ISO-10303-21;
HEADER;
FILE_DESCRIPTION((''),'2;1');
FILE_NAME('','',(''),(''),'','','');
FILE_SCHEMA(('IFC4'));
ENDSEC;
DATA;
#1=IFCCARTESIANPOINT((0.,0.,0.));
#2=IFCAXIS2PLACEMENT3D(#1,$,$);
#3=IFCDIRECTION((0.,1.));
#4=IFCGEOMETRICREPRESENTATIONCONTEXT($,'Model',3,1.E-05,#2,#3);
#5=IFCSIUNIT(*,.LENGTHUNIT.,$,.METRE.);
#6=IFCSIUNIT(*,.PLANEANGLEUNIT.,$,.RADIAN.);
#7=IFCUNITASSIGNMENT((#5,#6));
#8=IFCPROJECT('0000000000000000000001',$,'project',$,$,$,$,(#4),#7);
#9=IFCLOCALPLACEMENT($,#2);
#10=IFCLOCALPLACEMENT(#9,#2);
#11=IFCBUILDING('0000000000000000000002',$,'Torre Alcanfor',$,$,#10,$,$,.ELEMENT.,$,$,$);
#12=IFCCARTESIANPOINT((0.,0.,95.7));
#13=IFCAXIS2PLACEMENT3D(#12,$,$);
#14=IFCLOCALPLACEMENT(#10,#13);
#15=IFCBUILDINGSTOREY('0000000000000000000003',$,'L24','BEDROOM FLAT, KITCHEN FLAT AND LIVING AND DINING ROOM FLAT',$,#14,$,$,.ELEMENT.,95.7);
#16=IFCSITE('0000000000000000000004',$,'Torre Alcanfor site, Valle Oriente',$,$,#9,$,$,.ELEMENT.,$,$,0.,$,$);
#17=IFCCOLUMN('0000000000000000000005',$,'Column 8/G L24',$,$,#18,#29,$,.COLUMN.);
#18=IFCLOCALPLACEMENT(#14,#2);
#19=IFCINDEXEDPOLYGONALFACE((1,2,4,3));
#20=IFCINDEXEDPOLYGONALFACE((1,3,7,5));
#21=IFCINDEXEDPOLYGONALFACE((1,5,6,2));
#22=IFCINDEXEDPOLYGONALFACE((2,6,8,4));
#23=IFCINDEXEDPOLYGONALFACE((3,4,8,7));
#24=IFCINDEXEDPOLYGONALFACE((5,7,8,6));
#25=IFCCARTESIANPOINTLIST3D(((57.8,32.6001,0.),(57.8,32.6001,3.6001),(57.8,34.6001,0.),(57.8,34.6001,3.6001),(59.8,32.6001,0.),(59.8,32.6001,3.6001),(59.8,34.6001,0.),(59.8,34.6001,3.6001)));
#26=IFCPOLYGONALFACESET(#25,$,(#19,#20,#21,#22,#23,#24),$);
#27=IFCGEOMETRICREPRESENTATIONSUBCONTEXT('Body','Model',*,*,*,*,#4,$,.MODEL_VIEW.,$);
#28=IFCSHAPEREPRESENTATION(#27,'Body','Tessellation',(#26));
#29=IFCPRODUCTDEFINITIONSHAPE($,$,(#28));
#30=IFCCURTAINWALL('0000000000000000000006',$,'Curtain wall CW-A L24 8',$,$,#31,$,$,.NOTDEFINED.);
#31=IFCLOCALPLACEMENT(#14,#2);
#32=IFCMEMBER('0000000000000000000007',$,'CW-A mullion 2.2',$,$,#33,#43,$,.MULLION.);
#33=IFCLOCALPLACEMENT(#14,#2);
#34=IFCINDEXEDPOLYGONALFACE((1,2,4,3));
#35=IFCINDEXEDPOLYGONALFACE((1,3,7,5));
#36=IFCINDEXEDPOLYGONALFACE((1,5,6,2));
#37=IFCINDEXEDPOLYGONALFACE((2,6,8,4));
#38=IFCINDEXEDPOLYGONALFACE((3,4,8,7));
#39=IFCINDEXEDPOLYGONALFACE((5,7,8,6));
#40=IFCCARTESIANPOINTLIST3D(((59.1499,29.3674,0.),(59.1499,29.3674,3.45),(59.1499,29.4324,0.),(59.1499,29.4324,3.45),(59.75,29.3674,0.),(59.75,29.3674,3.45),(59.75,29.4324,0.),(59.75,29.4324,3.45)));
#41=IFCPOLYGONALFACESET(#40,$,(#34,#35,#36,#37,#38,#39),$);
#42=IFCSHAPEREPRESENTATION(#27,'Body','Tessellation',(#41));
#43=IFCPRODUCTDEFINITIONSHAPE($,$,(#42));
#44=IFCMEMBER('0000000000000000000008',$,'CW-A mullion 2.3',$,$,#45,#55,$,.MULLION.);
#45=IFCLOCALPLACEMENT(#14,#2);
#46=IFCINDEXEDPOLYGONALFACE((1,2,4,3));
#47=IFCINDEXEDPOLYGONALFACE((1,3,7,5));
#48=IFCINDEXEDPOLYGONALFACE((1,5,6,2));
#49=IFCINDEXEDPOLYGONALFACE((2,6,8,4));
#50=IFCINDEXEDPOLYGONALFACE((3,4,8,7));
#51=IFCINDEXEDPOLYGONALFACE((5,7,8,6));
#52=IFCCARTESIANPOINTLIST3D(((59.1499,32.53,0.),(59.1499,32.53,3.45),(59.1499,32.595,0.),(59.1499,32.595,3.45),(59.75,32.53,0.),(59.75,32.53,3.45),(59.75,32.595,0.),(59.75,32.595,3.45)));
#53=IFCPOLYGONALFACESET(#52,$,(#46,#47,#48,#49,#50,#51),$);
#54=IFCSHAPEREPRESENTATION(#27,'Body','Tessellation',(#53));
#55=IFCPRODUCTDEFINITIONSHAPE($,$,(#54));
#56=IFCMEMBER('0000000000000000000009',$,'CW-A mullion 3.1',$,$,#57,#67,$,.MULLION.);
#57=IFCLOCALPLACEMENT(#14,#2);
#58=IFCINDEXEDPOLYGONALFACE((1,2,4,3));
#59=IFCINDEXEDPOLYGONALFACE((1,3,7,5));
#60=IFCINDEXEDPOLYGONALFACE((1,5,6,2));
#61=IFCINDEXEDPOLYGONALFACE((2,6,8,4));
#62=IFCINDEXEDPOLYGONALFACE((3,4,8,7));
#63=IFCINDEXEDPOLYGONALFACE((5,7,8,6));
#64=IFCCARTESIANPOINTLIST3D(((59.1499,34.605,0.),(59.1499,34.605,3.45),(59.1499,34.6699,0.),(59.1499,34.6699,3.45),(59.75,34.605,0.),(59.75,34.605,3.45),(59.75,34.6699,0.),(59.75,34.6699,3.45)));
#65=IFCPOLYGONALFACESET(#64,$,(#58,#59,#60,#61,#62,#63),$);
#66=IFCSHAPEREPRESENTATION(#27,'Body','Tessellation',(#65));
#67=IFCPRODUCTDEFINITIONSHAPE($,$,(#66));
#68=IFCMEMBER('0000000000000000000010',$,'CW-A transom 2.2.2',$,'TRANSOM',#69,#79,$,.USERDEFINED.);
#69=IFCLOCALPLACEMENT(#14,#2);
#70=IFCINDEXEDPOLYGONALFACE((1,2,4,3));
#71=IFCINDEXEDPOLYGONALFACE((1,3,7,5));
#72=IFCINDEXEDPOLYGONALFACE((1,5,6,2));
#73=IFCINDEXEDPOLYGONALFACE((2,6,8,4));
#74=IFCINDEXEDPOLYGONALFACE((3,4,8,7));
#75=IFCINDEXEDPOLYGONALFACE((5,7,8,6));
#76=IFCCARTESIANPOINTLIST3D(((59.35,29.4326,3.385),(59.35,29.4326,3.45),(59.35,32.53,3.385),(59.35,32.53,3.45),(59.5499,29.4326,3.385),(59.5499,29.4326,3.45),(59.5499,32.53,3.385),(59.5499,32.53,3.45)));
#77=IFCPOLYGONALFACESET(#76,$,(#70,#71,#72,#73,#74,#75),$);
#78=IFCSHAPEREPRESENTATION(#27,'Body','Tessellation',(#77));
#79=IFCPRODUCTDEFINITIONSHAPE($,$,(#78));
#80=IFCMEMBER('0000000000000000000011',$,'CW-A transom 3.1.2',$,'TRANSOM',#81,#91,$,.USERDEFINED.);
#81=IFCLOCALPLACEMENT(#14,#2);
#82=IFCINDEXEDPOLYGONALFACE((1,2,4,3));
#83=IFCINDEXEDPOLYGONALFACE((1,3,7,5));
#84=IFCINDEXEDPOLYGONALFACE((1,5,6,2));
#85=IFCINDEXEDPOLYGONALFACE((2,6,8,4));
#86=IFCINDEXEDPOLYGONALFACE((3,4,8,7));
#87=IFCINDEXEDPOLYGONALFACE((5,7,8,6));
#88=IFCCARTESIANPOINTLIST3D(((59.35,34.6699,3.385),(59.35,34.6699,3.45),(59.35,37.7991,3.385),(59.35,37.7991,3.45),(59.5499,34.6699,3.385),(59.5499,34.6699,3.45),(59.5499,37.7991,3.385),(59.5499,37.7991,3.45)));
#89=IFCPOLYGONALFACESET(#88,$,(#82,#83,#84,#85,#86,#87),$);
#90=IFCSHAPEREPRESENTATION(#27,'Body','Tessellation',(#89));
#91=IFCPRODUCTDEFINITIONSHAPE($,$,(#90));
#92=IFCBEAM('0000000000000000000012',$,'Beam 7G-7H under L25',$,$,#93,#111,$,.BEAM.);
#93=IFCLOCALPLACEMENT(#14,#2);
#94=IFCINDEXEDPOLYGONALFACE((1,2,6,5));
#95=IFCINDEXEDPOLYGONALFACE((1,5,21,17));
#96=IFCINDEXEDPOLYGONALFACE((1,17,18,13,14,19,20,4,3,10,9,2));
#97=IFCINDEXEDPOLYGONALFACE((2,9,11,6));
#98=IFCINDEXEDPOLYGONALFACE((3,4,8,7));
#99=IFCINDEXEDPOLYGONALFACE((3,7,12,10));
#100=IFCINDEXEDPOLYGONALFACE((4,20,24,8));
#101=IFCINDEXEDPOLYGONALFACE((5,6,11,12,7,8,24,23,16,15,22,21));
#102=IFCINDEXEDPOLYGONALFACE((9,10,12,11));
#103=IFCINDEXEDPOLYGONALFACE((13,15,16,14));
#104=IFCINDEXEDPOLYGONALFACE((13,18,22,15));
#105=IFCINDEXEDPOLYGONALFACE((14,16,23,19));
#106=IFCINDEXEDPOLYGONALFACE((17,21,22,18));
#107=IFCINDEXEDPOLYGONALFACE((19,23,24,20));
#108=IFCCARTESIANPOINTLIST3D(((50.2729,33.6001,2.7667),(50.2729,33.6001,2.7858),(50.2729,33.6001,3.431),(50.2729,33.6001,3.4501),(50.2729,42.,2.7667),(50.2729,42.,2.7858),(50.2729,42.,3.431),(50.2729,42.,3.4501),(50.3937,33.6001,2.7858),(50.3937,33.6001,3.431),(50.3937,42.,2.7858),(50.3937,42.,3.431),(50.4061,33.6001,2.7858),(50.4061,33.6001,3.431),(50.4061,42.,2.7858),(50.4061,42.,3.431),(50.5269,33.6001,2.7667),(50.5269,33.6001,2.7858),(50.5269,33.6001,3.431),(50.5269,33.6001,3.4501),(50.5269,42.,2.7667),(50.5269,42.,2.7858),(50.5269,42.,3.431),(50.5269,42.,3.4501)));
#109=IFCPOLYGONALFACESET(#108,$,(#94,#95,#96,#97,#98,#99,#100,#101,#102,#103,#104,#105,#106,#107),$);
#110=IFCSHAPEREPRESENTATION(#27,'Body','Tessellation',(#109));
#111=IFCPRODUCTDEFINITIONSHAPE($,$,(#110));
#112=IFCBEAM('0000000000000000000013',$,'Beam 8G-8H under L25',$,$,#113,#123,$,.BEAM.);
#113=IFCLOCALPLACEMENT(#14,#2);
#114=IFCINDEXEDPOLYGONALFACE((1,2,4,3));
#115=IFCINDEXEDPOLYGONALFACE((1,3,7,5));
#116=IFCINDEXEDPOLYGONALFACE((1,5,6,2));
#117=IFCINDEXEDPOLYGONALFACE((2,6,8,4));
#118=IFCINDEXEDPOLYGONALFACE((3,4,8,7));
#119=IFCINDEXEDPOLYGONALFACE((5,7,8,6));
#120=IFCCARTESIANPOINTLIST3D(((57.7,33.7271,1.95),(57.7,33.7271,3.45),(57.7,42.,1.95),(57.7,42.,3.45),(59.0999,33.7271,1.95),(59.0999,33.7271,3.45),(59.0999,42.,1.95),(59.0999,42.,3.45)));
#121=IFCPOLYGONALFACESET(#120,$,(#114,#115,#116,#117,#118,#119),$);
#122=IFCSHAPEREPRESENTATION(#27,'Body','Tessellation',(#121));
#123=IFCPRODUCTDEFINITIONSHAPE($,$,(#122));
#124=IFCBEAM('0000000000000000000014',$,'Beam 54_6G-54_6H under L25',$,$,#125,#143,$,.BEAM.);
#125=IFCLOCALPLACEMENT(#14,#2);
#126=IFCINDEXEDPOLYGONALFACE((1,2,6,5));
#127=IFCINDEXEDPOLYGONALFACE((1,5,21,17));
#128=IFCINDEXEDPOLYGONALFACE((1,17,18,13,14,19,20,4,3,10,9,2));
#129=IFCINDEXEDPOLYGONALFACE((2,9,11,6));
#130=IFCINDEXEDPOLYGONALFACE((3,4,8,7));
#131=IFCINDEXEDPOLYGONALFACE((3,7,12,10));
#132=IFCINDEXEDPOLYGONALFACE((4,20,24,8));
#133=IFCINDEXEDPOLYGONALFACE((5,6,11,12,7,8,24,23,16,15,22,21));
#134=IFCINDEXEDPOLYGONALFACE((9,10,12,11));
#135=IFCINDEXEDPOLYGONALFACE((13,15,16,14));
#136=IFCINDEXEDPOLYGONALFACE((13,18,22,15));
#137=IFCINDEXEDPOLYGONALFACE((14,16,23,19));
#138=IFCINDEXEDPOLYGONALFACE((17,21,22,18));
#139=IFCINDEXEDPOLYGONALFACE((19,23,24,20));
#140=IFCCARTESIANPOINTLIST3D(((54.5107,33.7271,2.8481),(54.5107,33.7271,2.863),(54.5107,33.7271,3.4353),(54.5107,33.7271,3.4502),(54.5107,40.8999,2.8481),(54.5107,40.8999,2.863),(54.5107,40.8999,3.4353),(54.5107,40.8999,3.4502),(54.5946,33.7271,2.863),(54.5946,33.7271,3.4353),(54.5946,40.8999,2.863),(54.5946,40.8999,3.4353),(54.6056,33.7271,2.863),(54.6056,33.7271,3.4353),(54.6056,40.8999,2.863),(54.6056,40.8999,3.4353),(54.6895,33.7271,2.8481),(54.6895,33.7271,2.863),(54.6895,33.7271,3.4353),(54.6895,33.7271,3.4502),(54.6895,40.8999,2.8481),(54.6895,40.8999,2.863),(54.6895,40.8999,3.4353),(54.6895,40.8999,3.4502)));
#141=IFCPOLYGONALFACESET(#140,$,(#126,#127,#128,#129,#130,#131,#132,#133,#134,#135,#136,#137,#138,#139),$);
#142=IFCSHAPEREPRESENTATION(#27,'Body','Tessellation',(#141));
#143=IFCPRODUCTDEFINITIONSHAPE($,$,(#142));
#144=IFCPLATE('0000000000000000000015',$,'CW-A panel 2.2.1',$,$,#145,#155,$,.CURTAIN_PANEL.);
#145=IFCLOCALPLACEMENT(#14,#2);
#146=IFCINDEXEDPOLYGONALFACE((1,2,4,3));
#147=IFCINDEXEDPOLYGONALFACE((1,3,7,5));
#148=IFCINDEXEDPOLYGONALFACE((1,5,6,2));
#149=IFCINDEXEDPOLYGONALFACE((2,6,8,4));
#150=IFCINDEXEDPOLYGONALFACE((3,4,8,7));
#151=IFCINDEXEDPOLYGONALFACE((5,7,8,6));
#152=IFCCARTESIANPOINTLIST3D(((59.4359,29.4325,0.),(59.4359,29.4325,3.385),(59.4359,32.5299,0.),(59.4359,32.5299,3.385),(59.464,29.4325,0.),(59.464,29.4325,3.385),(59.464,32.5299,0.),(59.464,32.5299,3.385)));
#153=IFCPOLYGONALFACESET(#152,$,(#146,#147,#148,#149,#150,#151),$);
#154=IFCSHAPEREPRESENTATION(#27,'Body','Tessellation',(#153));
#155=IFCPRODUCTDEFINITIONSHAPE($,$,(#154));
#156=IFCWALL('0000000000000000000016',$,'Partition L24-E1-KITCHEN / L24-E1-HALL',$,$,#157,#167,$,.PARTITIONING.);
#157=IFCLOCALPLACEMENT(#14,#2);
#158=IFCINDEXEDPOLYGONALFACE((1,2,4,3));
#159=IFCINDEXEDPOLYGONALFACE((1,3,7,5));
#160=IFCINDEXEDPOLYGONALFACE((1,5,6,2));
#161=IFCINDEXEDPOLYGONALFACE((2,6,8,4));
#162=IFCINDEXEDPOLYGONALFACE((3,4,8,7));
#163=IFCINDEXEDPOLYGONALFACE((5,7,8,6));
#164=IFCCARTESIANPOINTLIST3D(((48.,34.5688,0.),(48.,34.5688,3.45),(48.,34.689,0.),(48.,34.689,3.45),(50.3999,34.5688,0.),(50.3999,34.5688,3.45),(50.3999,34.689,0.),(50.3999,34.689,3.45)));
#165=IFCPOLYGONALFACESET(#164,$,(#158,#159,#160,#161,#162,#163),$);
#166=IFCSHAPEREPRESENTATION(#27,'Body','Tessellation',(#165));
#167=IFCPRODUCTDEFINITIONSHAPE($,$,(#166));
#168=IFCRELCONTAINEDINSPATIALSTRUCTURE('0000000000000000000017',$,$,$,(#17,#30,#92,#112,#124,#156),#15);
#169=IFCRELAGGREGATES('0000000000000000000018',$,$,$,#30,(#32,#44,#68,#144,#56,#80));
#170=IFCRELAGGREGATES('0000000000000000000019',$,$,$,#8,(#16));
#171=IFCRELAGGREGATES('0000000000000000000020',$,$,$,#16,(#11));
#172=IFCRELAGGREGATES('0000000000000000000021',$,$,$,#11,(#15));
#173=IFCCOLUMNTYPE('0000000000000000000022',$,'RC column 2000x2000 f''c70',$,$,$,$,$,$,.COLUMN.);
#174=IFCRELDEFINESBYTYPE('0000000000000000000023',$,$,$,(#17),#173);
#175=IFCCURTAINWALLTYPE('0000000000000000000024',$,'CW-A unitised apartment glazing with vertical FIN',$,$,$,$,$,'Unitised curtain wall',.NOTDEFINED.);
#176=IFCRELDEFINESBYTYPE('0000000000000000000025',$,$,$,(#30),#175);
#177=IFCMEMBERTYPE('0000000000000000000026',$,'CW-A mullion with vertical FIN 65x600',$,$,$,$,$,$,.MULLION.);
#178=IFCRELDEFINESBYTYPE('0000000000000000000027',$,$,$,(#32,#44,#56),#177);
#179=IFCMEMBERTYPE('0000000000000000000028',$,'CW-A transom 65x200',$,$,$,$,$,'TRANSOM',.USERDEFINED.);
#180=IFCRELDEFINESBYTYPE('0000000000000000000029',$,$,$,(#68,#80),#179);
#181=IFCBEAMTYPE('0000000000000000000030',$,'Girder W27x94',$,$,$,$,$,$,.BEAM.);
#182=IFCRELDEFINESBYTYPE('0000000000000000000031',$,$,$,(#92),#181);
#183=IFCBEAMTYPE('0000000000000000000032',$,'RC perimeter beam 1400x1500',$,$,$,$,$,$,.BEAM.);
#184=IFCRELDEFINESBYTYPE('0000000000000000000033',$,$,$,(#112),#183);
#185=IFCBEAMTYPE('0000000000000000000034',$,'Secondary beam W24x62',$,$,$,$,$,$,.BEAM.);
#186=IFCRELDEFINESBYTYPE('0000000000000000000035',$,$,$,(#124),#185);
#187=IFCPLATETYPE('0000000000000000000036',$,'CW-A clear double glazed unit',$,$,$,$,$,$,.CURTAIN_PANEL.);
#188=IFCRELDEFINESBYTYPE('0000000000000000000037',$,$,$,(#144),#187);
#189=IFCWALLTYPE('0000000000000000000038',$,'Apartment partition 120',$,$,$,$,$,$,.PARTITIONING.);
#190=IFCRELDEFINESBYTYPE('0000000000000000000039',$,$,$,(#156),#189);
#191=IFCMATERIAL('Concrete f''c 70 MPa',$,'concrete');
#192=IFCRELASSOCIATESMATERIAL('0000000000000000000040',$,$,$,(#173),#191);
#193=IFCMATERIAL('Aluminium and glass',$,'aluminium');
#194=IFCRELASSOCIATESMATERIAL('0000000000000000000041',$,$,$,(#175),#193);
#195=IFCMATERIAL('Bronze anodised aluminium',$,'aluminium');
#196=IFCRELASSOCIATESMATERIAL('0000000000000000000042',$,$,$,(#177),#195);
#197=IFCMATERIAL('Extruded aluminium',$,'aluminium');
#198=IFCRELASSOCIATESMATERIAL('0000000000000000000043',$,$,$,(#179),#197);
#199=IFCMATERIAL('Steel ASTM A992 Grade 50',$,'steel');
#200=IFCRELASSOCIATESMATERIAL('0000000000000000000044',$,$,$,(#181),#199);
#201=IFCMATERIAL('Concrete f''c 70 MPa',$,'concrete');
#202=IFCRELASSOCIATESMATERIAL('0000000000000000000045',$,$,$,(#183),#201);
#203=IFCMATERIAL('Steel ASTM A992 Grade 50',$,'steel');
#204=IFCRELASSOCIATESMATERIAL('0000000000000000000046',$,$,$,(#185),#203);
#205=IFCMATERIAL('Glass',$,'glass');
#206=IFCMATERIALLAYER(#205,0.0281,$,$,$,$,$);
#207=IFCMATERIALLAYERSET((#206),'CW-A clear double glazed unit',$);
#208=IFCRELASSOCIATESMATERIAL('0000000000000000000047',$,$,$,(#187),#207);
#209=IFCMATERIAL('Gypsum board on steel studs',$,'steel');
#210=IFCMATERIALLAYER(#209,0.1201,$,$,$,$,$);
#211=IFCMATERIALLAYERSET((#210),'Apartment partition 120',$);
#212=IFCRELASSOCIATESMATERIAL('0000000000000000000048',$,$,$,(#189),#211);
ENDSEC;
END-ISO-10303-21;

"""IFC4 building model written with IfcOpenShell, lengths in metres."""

from ifc_helpers import new_model, si_unit, direction, frame, frame_2d, origin, origin_2d, place, context, subcontext, project, spatial, rectangle, i_section, extrude, material, layer, layer_set, material_profile, profile_set, type_object, element, aggregate, save


model = new_model("IFC4")

# Units and contexts
model_context = context("Model", 3, precision=1e-05, world=origin(), true_north=direction((0.0, 1.0)))
body_context = subcontext(model_context, "Body", "Model", "MODEL_VIEW")
ifc_project = project(units=[si_unit("LENGTHUNIT", "METRE"), si_unit("PLANEANGLEUNIT", "RADIAN")], contexts=[model_context])

# Site, building, storey
site_placement = place(None, origin())
site = spatial("IfcSite", under=ifc_project, at=site_placement, Name="Torre Alcanfor site, Valle Oriente", CompositionType="ELEMENT", RefElevation=0.0)
building_placement = place(site_placement, origin())
building = spatial("IfcBuilding", under=site, at=building_placement, Name="Torre Alcanfor", CompositionType="ELEMENT")
storey_placement = place(building_placement, frame((0.0, 0.0, 95.7)))
storey = spatial("IfcBuildingStorey", under=building, at=storey_placement, Name="L24", Description="BEDROOM FLAT, KITCHEN FLAT AND LIVING AND DINING ROOM FLAT", CompositionType="ELEMENT", Elevation=95.7)

# Column
ifc_material_1 = material(Name="Concrete f'c 70 MPa", Category="concrete")
ifc_material_profile_1 = material_profile(ifc_material_1, rectangle(XDim=2.0, YDim=2.0, at=origin_2d()), Name="2000x2000")
ifc_profile_set_1 = profile_set([ifc_material_profile_1], Name="Concrete f'c 70 MPa")
column_type = type_object("IfcColumnType", Name="RC column 2000x2000 f'c70", PredefinedType="COLUMN", material=ifc_profile_set_1)
column_placement = place(storey_placement, frame((58.8, 33.6001, 0.0), z_axis=(0.0, 0.0, 1.0), x_axis=(1.0, 0.0, 0.0)))
element("IfcColumn", 1, at=column_placement, inside=storey, type_object=column_type, Name="Column 8/G L24", PredefinedType="COLUMN", context=body_context, shape_type="SweptSolid", body=[
    extrude(rectangle(XDim=2.0, YDim=2.0, at=origin_2d()), origin(), (0.0, 0.0, 1.0), 3.6001),
])

# Curtain wall, members
ifc_material_2 = material(Name="Aluminium and glass", Category="aluminium")
curtain_wall_type = type_object("IfcCurtainWallType", Name="CW-A unitised apartment glazing with vertical FIN", ElementType="Unitised curtain wall", PredefinedType="NOTDEFINED", material=ifc_material_2)
curtain_wall_placement = place(storey_placement, origin())
curtain_wall = element("IfcCurtainWall", 2, at=curtain_wall_placement, inside=storey, type_object=curtain_wall_type, Name="Curtain wall CW-A L24 8", PredefinedType="NOTDEFINED")
ifc_material_3 = material(Name="Bronze anodised aluminium", Category="aluminium")
ifc_material_profile_2 = material_profile(ifc_material_3, rectangle(XDim=0.6001, YDim=0.0649, at=origin_2d()), Name="CW-A mullion 65x600")
ifc_profile_set_2 = profile_set([ifc_material_profile_2], Name="Bronze anodised aluminium")
member_type_1 = type_object("IfcMemberType", Name="CW-A mullion with vertical FIN 65x600", PredefinedType="MULLION", material=ifc_profile_set_2)
member_1_placement = place(storey_placement, frame((59.45, 29.3999, 0.0), z_axis=(0.0, 0.0, 1.0), x_axis=(-1.0, 0.0, 0.0)))
member_1 = element("IfcMember", 3, at=member_1_placement, type_object=member_type_1, Name="CW-A mullion 2.2", PredefinedType="MULLION", context=body_context, shape_type="SweptSolid", body=[
    extrude(rectangle(XDim=0.6001, YDim=0.0649, at=origin_2d()), origin(), (0.0, 0.0, 1.0), 3.45),
])
member_2_placement = place(storey_placement, frame((59.45, 32.5625, 0.0), z_axis=(0.0, 0.0, 1.0), x_axis=(-1.0, 0.0, 0.0)))
member_2 = element("IfcMember", 4, at=member_2_placement, type_object=member_type_1, Name="CW-A mullion 2.3", PredefinedType="MULLION", context=body_context, shape_type="SweptSolid", body=[
    extrude(rectangle(XDim=0.6001, YDim=0.0649, at=origin_2d()), origin(), (0.0, 0.0, 1.0), 3.45),
])
member_3_placement = place(storey_placement, frame((59.45, 34.6375, 0.0), z_axis=(0.0, 0.0, 1.0), x_axis=(-1.0, 0.0, 0.0)))
member_3 = element("IfcMember", 5, at=member_3_placement, type_object=member_type_1, Name="CW-A mullion 3.1", PredefinedType="MULLION", context=body_context, shape_type="SweptSolid", body=[
    extrude(rectangle(XDim=0.6001, YDim=0.0649, at=origin_2d()), origin(), (0.0, 0.0, 1.0), 3.45),
])
ifc_material_4 = material(Name="Extruded aluminium", Category="aluminium")
ifc_material_profile_3 = material_profile(ifc_material_4, rectangle(XDim=0.2, YDim=0.0649, at=origin_2d()), Name="CW-A transom 200x65")
ifc_profile_set_3 = profile_set([ifc_material_profile_3], Name="Extruded aluminium")
member_type_2 = type_object("IfcMemberType", Name="CW-A transom 65x200", ElementType="TRANSOM", PredefinedType="USERDEFINED", material=ifc_profile_set_3)
member_4_placement = place(storey_placement, frame((59.45, 29.4326, 3.4175), z_axis=(0.0, 1.0, 0.0), x_axis=(-1.0, 0.0, 0.0)))
member_4 = element("IfcMember", 6, at=member_4_placement, type_object=member_type_2, Name="CW-A transom 2.2.2", ObjectType="TRANSOM", PredefinedType="USERDEFINED", context=body_context, shape_type="SweptSolid", body=[
    extrude(rectangle(XDim=0.2, YDim=0.0649, at=origin_2d()), origin(), (0.0, 0.0, 1.0), 3.0974),
])
member_5_placement = place(storey_placement, frame((59.45, 34.6699, 3.4175), z_axis=(0.0, 1.0, 0.0), x_axis=(-1.0, 0.0, 0.0)))
member_5 = element("IfcMember", 7, at=member_5_placement, type_object=member_type_2, Name="CW-A transom 3.1.2", ObjectType="TRANSOM", PredefinedType="USERDEFINED", context=body_context, shape_type="SweptSolid", body=[
    extrude(rectangle(XDim=0.2, YDim=0.0649, at=origin_2d()), origin(), (0.0, 0.0, 1.0), 3.1292),
])

# Beams
ifc_material_5 = material(Name="Steel ASTM A992 Grade 50", Category="steel")
ifc_material_profile_4 = material_profile(ifc_material_5, i_section(OverallWidth=0.2539, OverallDepth=0.6833, WebThickness=0.0125, FlangeThickness=0.019, at=origin_2d()), Name="W27x94")
ifc_profile_set_4 = profile_set([ifc_material_profile_4], Name="Steel ASTM A992 Grade 50")
beam_type_1 = type_object("IfcBeamType", Name="Girder W27x94", PredefinedType="BEAM", material=ifc_profile_set_4)
beam_1_placement = place(storey_placement, frame((50.3999, 33.6001, 3.1084), z_axis=(0.0, 1.0, 0.0), x_axis=(-1.0, 0.0, 0.0)))
element("IfcBeam", 8, at=beam_1_placement, inside=storey, type_object=beam_type_1, Name="Beam 7G-7H under L25", PredefinedType="BEAM", context=body_context, shape_type="SweptSolid", body=[
    extrude(i_section(OverallWidth=0.2539, OverallDepth=0.6833, WebThickness=0.0125, FlangeThickness=0.019, at=origin_2d()), origin(), (0.0, 0.0, 1.0), 8.3999),
])
ifc_material_6 = material(Name="Concrete f'c 70 MPa", Category="concrete")
ifc_material_profile_5 = material_profile(ifc_material_6, rectangle(XDim=1.3999, YDim=1.5, at=origin_2d()), Name="1400x1500")
ifc_profile_set_5 = profile_set([ifc_material_profile_5], Name="Concrete f'c 70 MPa")
beam_type_2 = type_object("IfcBeamType", Name="RC perimeter beam 1400x1500", PredefinedType="BEAM", material=ifc_profile_set_5)
beam_2_placement = place(storey_placement, frame((58.3999, 33.7271, 2.7), z_axis=(0.0, 1.0, 0.0), x_axis=(-1.0, 0.0, 0.0)))
element("IfcBeam", 9, at=beam_2_placement, inside=storey, type_object=beam_type_2, Name="Beam 8G-8H under L25", PredefinedType="BEAM", context=body_context, shape_type="SweptSolid", body=[
    extrude(rectangle(XDim=1.3999, YDim=1.5, at=origin_2d()), origin(), (0.0, 0.0, 1.0), 8.2729),
])
ifc_material_7 = material(Name="Steel ASTM A992 Grade 50", Category="steel")
ifc_material_profile_6 = material_profile(ifc_material_7, i_section(OverallWidth=0.1787, OverallDepth=0.6021, WebThickness=0.011, FlangeThickness=0.0149, at=origin_2d()), Name="W24x62")
ifc_profile_set_6 = profile_set([ifc_material_profile_6], Name="Steel ASTM A992 Grade 50")
beam_type_3 = type_object("IfcBeamType", Name="Secondary beam W24x62", PredefinedType="BEAM", material=ifc_profile_set_6)
beam_3_placement = place(storey_placement, frame((54.6001, 33.7271, 3.1492), z_axis=(0.0, 1.0, 0.0), x_axis=(-1.0, 0.0, 0.0)))
element("IfcBeam", 10, at=beam_3_placement, inside=storey, type_object=beam_type_3, Name="Beam 54_6G-54_6H under L25", PredefinedType="BEAM", context=body_context, shape_type="SweptSolid", body=[
    extrude(i_section(OverallWidth=0.1787, OverallDepth=0.6021, WebThickness=0.011, FlangeThickness=0.0149, at=origin_2d()), origin(), (0.0, 0.0, 1.0), 7.1729),
])

# Plate
ifc_material_8 = material(Name="Glass", Category="glass")
ifc_layer_1 = layer(ifc_material_8, 0.0281)
ifc_layer_set_1 = layer_set([ifc_layer_1], Name="CW-A clear double glazed unit")
plate_type = type_object("IfcPlateType", Name="CW-A clear double glazed unit", PredefinedType="CURTAIN_PANEL", material=ifc_layer_set_1)
plate_placement = place(storey_placement, frame((59.45, 30.9812, 0.0), z_axis=(0.0, 0.0, 1.0), x_axis=(0.0, 1.0, 0.0)))
plate = element("IfcPlate", 11, at=plate_placement, type_object=plate_type, Name="CW-A panel 2.2.1", PredefinedType="CURTAIN_PANEL", context=body_context, shape_type="SweptSolid", body=[
    extrude(rectangle(XDim=3.0974, YDim=0.0281, at=origin_2d()), origin(), (0.0, 0.0, 1.0), 3.385),
])
aggregate(curtain_wall, [member_1, member_2, member_4, plate, member_3, member_5])

# Wall
ifc_material_9 = material(Name="Gypsum board on steel studs", Category="steel")
ifc_layer_2 = layer(ifc_material_9, 0.1201)
ifc_layer_set_2 = layer_set([ifc_layer_2], Name="Apartment partition 120")
wall_type = type_object("IfcWallType", Name="Apartment partition 120", PredefinedType="PARTITIONING", material=ifc_layer_set_2)
wall_1_placement = place(storey_placement, frame((50.3999, 34.6289, 0.0), z_axis=(0.0, 0.0, 1.0), x_axis=(-1.0, 0.0, 0.0)))
element("IfcWall", 12, at=wall_1_placement, inside=storey, type_object=wall_type, Name="Partition L24-E1-KITCHEN / L24-E1-HALL", PredefinedType="PARTITIONING", context=body_context, shape_type="SweptSolid", body=[
    extrude(rectangle(XDim=2.3999, YDim=0.1201, at=frame_2d((1.2, 0.0))), origin(), (0.0, 0.0, 1.0), 3.45),
])

save(model, "model.ifc")
